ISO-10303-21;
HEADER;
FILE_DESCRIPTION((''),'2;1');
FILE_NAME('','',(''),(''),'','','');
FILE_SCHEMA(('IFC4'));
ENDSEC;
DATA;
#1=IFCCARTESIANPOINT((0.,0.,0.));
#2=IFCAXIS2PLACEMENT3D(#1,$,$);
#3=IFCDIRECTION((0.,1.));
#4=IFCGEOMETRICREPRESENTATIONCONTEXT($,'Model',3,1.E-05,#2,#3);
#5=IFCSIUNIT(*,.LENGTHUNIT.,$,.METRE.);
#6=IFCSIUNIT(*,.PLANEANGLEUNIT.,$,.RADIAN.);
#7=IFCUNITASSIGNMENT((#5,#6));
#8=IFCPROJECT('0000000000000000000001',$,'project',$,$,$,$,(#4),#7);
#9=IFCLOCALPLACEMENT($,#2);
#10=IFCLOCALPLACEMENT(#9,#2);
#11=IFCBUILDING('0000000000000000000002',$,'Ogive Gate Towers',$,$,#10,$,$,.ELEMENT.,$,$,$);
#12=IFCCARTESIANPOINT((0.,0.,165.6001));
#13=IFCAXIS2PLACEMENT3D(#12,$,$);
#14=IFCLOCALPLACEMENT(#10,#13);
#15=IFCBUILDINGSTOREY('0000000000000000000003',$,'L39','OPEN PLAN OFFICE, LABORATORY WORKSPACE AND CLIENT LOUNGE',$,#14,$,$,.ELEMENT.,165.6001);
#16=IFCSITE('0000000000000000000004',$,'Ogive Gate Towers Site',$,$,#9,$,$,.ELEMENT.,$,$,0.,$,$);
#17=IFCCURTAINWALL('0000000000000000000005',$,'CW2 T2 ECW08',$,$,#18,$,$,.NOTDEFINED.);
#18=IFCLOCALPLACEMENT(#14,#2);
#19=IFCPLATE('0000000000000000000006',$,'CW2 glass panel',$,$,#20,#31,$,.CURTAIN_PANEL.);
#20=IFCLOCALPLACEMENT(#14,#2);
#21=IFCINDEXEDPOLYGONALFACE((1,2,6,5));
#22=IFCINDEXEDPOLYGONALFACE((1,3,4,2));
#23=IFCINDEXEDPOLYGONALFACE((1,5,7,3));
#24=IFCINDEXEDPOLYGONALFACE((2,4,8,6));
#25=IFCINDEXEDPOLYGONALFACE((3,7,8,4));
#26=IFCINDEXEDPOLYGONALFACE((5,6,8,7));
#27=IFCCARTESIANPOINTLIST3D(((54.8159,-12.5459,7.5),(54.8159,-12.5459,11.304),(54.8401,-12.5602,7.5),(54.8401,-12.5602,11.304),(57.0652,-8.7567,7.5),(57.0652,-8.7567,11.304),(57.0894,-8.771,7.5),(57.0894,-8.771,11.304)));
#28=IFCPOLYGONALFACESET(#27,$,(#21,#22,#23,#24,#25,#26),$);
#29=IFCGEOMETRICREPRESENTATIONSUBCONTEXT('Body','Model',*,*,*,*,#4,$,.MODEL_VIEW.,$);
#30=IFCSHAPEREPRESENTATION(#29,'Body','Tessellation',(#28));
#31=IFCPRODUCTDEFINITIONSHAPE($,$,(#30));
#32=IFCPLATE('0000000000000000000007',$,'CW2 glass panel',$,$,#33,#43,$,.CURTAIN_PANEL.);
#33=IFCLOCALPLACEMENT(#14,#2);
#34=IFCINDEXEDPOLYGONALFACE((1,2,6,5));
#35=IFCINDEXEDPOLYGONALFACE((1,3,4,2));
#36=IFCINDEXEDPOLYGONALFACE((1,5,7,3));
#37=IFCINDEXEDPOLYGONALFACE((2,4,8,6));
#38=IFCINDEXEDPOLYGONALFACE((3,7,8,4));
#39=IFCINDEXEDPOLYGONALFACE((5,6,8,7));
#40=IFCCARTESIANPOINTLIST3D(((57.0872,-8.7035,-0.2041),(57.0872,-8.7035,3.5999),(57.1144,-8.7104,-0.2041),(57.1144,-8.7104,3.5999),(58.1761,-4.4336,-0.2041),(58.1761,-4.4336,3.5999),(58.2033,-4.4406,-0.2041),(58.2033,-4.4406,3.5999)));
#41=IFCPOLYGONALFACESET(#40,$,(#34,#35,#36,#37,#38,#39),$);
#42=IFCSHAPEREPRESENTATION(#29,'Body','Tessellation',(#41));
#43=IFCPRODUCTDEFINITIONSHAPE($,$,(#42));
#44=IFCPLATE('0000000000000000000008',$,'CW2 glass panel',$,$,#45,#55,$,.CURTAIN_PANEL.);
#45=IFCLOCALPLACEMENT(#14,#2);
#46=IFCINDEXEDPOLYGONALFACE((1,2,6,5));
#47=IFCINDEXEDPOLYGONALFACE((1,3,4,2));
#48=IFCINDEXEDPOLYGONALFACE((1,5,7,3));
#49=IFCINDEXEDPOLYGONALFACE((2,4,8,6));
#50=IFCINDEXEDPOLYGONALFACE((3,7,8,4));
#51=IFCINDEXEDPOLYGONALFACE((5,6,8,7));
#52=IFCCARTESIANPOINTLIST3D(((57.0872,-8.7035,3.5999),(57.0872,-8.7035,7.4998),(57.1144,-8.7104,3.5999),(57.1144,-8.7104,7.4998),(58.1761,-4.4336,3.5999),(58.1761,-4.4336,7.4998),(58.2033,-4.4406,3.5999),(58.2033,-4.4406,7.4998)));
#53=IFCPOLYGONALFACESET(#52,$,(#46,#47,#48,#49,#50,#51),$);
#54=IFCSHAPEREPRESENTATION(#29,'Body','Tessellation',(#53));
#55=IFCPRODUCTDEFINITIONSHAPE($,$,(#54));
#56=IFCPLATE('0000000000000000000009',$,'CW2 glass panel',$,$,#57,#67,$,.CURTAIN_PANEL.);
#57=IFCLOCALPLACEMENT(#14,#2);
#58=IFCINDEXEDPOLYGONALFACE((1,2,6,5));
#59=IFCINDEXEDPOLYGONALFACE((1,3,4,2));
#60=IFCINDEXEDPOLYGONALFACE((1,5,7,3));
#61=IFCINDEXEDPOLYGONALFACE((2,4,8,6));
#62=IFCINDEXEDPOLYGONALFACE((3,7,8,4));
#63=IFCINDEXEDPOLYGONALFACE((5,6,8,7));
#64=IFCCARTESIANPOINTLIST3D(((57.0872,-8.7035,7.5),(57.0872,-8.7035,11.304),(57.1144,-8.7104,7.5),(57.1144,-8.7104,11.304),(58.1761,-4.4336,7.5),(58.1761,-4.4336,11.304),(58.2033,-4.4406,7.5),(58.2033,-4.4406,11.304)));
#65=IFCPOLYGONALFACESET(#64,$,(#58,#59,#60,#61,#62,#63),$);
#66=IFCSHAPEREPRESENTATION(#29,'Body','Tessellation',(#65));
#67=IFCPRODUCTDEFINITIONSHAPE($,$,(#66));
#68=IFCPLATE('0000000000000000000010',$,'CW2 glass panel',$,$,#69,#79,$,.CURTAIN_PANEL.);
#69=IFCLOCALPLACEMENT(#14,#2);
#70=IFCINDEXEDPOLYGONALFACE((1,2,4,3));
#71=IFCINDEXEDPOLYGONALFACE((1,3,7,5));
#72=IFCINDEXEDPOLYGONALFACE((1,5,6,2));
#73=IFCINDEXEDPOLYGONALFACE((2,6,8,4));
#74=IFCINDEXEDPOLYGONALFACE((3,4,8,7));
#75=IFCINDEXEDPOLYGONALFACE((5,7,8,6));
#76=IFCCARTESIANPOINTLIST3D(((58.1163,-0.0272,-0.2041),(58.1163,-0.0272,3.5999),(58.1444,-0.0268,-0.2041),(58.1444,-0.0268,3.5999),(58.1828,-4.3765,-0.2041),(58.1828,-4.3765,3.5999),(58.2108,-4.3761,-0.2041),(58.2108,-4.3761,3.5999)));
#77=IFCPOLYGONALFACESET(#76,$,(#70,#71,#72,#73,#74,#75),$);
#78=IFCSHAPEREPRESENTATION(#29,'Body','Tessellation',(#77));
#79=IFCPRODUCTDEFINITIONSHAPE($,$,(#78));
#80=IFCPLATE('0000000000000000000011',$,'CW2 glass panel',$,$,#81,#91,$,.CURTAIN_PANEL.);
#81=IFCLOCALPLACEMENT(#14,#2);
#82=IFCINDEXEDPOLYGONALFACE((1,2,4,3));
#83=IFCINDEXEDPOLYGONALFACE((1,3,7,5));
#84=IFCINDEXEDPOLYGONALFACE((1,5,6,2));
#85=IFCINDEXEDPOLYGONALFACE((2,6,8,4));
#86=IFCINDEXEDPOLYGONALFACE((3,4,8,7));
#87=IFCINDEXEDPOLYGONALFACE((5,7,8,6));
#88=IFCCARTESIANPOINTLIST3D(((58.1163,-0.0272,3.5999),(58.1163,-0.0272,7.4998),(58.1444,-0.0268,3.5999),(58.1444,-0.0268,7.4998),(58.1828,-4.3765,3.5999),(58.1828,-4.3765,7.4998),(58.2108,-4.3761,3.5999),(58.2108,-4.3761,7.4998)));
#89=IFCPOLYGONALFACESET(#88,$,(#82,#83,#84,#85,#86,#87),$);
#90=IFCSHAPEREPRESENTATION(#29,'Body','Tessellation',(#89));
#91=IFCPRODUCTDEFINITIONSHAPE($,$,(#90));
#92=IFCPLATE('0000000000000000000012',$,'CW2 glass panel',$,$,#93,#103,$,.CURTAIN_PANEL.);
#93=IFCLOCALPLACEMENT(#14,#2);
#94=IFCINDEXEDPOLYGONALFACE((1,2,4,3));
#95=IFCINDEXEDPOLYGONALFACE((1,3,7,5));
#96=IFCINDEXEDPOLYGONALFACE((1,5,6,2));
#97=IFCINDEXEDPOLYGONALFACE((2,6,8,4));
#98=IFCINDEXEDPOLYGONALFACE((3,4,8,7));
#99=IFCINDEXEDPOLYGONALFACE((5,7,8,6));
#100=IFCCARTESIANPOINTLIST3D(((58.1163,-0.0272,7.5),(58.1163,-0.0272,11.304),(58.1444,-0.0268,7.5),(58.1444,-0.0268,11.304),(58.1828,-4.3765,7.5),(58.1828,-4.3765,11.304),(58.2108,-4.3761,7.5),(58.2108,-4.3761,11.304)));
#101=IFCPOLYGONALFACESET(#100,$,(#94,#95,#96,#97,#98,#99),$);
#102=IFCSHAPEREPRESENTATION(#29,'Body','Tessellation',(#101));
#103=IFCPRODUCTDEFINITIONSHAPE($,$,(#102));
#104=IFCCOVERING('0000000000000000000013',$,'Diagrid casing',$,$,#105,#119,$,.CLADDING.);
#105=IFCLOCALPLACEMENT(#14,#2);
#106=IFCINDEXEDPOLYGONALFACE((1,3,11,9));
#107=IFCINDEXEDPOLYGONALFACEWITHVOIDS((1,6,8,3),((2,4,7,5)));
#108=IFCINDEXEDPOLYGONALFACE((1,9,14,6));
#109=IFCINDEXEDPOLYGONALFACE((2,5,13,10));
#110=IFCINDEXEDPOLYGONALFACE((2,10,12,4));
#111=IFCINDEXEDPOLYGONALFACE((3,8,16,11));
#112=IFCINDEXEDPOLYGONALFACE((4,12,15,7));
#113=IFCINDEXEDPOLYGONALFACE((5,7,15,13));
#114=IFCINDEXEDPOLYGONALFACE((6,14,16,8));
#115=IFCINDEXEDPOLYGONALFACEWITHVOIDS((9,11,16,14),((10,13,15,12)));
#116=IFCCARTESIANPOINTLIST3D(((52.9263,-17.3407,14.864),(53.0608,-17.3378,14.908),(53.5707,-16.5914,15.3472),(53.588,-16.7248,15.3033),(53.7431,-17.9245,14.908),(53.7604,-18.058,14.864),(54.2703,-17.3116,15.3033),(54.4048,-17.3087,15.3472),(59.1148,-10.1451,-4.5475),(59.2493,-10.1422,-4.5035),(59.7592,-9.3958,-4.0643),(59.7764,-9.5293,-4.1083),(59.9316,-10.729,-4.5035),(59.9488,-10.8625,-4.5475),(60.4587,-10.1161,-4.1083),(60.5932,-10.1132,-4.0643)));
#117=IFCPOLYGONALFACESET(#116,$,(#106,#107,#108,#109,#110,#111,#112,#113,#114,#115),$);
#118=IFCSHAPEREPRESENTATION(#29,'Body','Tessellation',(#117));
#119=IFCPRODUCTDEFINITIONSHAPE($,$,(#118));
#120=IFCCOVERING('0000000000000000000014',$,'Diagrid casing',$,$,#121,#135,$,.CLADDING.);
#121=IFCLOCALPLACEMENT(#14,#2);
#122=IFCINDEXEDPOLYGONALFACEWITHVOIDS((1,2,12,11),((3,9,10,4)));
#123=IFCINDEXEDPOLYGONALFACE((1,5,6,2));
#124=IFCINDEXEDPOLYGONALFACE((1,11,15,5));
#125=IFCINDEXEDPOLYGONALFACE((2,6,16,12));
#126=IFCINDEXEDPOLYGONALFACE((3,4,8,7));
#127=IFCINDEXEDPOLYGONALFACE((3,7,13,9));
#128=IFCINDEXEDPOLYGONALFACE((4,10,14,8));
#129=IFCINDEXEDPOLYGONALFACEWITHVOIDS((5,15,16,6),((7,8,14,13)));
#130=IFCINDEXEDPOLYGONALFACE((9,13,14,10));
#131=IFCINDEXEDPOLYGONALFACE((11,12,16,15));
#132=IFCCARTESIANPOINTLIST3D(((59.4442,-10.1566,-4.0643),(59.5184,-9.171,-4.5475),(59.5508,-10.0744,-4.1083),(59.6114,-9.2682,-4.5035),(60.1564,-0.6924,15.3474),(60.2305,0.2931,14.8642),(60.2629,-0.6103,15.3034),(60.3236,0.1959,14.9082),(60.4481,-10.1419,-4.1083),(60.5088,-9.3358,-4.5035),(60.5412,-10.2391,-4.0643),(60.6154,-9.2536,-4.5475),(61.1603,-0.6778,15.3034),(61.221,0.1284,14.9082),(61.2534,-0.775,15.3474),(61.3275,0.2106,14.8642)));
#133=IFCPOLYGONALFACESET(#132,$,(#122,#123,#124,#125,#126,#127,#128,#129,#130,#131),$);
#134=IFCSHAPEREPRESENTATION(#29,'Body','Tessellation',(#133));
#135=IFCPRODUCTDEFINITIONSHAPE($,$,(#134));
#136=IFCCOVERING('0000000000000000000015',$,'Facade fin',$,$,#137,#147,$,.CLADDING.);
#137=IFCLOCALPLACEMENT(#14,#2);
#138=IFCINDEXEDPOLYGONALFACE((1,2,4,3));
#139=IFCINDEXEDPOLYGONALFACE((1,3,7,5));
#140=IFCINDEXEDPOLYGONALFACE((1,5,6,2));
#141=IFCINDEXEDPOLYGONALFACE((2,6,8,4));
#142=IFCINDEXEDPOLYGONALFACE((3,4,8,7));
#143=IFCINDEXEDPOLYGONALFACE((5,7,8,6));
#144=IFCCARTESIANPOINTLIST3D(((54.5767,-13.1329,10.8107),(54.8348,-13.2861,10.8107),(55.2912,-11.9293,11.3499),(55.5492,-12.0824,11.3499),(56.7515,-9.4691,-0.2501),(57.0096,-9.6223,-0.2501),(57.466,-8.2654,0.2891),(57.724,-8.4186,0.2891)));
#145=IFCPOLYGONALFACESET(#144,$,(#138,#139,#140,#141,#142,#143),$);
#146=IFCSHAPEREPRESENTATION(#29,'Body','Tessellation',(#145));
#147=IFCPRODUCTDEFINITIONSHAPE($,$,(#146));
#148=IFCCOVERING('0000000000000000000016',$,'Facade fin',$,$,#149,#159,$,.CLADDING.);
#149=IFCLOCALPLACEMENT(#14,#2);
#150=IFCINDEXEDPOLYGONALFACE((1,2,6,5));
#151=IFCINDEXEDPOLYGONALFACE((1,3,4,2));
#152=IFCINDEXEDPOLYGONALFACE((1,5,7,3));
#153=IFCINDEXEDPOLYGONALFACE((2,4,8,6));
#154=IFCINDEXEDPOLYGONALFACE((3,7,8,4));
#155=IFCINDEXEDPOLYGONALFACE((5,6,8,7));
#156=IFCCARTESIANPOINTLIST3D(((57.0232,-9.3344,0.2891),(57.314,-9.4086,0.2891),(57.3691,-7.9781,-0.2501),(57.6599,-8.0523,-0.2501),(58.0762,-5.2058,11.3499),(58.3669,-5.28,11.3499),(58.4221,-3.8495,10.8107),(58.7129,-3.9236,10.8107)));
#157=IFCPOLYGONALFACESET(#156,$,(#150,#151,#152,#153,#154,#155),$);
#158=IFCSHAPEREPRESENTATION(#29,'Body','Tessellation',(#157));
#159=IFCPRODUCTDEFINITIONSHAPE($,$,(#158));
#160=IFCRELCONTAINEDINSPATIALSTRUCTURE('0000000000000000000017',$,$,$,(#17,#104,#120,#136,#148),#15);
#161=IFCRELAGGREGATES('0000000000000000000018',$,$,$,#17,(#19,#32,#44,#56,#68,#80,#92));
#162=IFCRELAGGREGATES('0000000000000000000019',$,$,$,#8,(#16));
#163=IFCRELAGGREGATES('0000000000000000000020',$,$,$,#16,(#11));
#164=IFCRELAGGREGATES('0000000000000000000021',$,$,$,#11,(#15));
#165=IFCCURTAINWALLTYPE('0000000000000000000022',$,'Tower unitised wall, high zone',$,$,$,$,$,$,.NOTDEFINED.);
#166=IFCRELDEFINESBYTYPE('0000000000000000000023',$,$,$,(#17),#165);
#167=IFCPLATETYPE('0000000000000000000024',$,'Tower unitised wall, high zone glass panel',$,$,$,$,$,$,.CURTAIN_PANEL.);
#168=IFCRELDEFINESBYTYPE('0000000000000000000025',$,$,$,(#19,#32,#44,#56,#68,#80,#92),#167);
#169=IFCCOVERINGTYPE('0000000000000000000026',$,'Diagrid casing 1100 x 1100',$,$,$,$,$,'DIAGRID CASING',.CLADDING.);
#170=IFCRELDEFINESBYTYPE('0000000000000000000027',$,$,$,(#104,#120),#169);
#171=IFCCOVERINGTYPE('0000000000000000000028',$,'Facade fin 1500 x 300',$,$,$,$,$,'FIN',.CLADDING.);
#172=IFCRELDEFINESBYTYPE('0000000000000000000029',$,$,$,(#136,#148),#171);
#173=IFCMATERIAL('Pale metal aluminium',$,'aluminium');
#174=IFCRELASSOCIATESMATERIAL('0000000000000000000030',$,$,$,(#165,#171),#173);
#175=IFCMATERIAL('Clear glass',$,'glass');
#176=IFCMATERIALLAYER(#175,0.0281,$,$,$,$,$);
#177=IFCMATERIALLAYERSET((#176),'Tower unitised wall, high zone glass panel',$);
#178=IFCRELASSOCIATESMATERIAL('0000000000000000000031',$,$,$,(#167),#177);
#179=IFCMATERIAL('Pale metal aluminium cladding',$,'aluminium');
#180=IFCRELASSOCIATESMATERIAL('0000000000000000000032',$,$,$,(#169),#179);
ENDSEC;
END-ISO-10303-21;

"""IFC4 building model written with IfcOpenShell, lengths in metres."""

from ifc_helpers import new_model, si_unit, direction, frame, origin, origin_2d, place, context, subcontext, project, spatial, rectangle, hollow_rectangle, extrude, material, layer, layer_set, material_profile, profile_set, type_object, element, aggregate, save


model = new_model("IFC4")

# Units and contexts
model_context = context("Model", 3, precision=1e-05, world=origin(), true_north=direction((0.0, 1.0)))
body_context = subcontext(model_context, "Body", "Model", "MODEL_VIEW")
ifc_project = project(units=[si_unit("LENGTHUNIT", "METRE"), si_unit("PLANEANGLEUNIT", "RADIAN")], contexts=[model_context])

# Site, building, storey
site_placement = place(None, origin())
site = spatial("IfcSite", under=ifc_project, at=site_placement, Name="Ogive Gate Towers Site", CompositionType="ELEMENT", RefElevation=0.0)
building_placement = place(site_placement, origin())
building = spatial("IfcBuilding", under=site, at=building_placement, Name="Ogive Gate Towers", CompositionType="ELEMENT")
storey_placement = place(building_placement, frame((0.0, 0.0, 165.6001)))
storey = spatial("IfcBuildingStorey", under=building, at=storey_placement, Name="L39", Description="OPEN PLAN OFFICE, LABORATORY WORKSPACE AND CLIENT LOUNGE", CompositionType="ELEMENT", Elevation=165.6001)

# Curtain wall, plates
ifc_material_1 = material(Name="Pale metal aluminium", Category="aluminium")
curtain_wall_type = type_object("IfcCurtainWallType", Name="Tower unitised wall, high zone", PredefinedType="NOTDEFINED", material=ifc_material_1)
curtain_wall_placement = place(storey_placement, origin())
curtain_wall = element("IfcCurtainWall", 1, at=curtain_wall_placement, inside=storey, type_object=curtain_wall_type, Name="CW2 T2 ECW08", PredefinedType="NOTDEFINED")
ifc_material_2 = material(Name="Clear glass", Category="glass")
ifc_layer = layer(ifc_material_2, 0.0281)
ifc_layer_set = layer_set([ifc_layer], Name="Tower unitised wall, high zone glass panel")
plate_type = type_object("IfcPlateType", Name="Tower unitised wall, high zone glass panel", PredefinedType="CURTAIN_PANEL", material=ifc_layer_set)
plate_1_placement = place(storey_placement, frame((55.9526, -10.6584, 7.5), z_axis=(0.0, 0.0, 1.0), x_axis=(0.510453, 0.859906, 0.0)))
plate_1 = element("IfcPlate", 2, at=plate_1_placement, type_object=plate_type, Name="CW2 glass panel", PredefinedType="CURTAIN_PANEL", context=body_context, shape_type="SweptSolid", body=[
    extrude(rectangle(XDim=4.4065, YDim=0.0281, at=origin_2d()), origin(), (0.0, 0.0, 1.0), 3.804),
])
plate_2_placement = place(storey_placement, frame((57.6453, -6.572, -0.2041), z_axis=(0.0, 0.0, 1.0), x_axis=(0.2471, 0.96899, 0.0)))
plate_2 = element("IfcPlate", 3, at=plate_2_placement, type_object=plate_type, Name="CW2 glass panel", PredefinedType="CURTAIN_PANEL", context=body_context, shape_type="SweptSolid", body=[
    extrude(rectangle(XDim=4.4065, YDim=0.0281, at=origin_2d()), origin(), (0.0, 0.0, 1.0), 3.804),
])
plate_3_placement = place(storey_placement, frame((57.6453, -6.572, 3.5999), z_axis=(0.0, 0.0, 1.0), x_axis=(0.2471, 0.96899, 0.0)))
plate_3 = element("IfcPlate", 4, at=plate_3_placement, type_object=plate_type, Name="CW2 glass panel", PredefinedType="CURTAIN_PANEL", context=body_context, shape_type="SweptSolid", body=[
    extrude(rectangle(XDim=4.4065, YDim=0.0281, at=origin_2d()), origin(), (0.0, 0.0, 1.0), 3.8999),
])
plate_4_placement = place(storey_placement, frame((57.6453, -6.572, 7.5), z_axis=(0.0, 0.0, 1.0), x_axis=(0.2471, 0.96899, 0.0)))
plate_4 = element("IfcPlate", 5, at=plate_4_placement, type_object=plate_type, Name="CW2 glass panel", PredefinedType="CURTAIN_PANEL", context=body_context, shape_type="SweptSolid", body=[
    extrude(rectangle(XDim=4.4065, YDim=0.0281, at=origin_2d()), origin(), (0.0, 0.0, 1.0), 3.804),
])
plate_5_placement = place(storey_placement, frame((58.1636, -2.2017, -0.2041), z_axis=(0.0, 0.0, 1.0), x_axis=(-0.015271, 0.999883, 0.0)))
plate_5 = element("IfcPlate", 6, at=plate_5_placement, type_object=plate_type, Name="CW2 glass panel", PredefinedType="CURTAIN_PANEL", context=body_context, shape_type="SweptSolid", body=[
    extrude(rectangle(XDim=4.3499, YDim=0.0281, at=origin_2d()), origin(), (0.0, 0.0, 1.0), 3.804),
])
plate_6_placement = place(storey_placement, frame((58.1636, -2.2017, 3.5999), z_axis=(0.0, 0.0, 1.0), x_axis=(-0.015271, 0.999883, 0.0)))
plate_6 = element("IfcPlate", 7, at=plate_6_placement, type_object=plate_type, Name="CW2 glass panel", PredefinedType="CURTAIN_PANEL", context=body_context, shape_type="SweptSolid", body=[
    extrude(rectangle(XDim=4.3499, YDim=0.0281, at=origin_2d()), origin(), (0.0, 0.0, 1.0), 3.8999),
])
plate_7_placement = place(storey_placement, frame((58.1636, -2.2017, 7.5), z_axis=(0.0, 0.0, 1.0), x_axis=(-0.015271, 0.999883, 0.0)))
plate_7 = element("IfcPlate", 8, at=plate_7_placement, type_object=plate_type, Name="CW2 glass panel", PredefinedType="CURTAIN_PANEL", context=body_context, shape_type="SweptSolid", body=[
    extrude(rectangle(XDim=4.3499, YDim=0.0281, at=origin_2d()), origin(), (0.0, 0.0, 1.0), 3.804),
])
aggregate(curtain_wall, [plate_1, plate_2, plate_3, plate_4, plate_5, plate_6, plate_7])

# Coverings
ifc_material_3 = material(Name="Pale metal aluminium cladding", Category="aluminium")
ifc_material_profile_1 = material_profile(ifc_material_3, hollow_rectangle(XDim=1.1001, YDim=1.1001, WallThickness=0.1001, at=origin_2d()), Name="1100 x 1100 pale metal casing")
ifc_profile_set_1 = profile_set([ifc_material_profile_1], Name="Pale metal aluminium cladding")
covering_type_1 = type_object("IfcCoveringType", Name="Diagrid casing 1100 x 1100", ElementType="DIAGRID CASING", PredefinedType="CLADDING", material=ifc_profile_set_1)
covering_1_placement = place(storey_placement, frame((59.854, -10.1292, -4.3059), z_axis=(-0.286404, -0.333012, 0.898374), x_axis=(0.75817, -0.652057, 0.0)))
element("IfcCovering", 9, at=covering_1_placement, inside=storey, type_object=covering_type_1, Name="Diagrid casing", PredefinedType="CLADDING", context=body_context, shape_type="SweptSolid", body=[
    extrude(hollow_rectangle(XDim=1.1001, YDim=1.1001, WallThickness=0.1001, at=origin_2d()), origin(), (0.0, 0.0, 1.0), 21.6074),
])
covering_2_placement = place(storey_placement, frame((60.0298, -9.7051, -4.3059), z_axis=(0.032959, 0.438, 0.898371), x_axis=(-0.997181, 0.075036, 0.0)))
element("IfcCovering", 10, at=covering_2_placement, inside=storey, type_object=covering_type_1, Name="Diagrid casing", PredefinedType="CLADDING", context=body_context, shape_type="SweptSolid", body=[
    extrude(hollow_rectangle(XDim=1.1001, YDim=1.1001, WallThickness=0.1001, at=origin_2d()), origin(), (0.0, 0.0, 1.0), 21.6077),
])
ifc_material_profile_2 = material_profile(ifc_material_1, rectangle(XDim=0.3, YDim=1.5, at=origin_2d()), Name="1500 x 300 pale metal aluminium")
ifc_profile_set_2 = profile_set([ifc_material_profile_2], Name="Pale metal aluminium")
covering_type_2 = type_object("IfcCoveringType", Name="Facade fin 1500 x 300", ElementType="FIN", PredefinedType="CLADDING", material=ifc_profile_set_2)
for number, where, z_axis, x_axis, name in (
    (11, (57.2378, -8.9438, 0.0195), (-0.183481, -0.309104, 0.933161), (0.859915, -0.510437, 0.0), "Facade fin"),
    (12, (57.3416, -8.6934, 0.0195), (0.088836, 0.34832, 0.933157), (-0.968982, 0.24713, 0.0), "Facade fin"),
):
    element("IfcCovering", number, at=place(storey_placement, frame(where, z_axis=z_axis, x_axis=x_axis)), inside=storey, type_object=covering_type_2, Name=name, PredefinedType="CLADDING", context=body_context, shape_type="SweptSolid", body=[
        extrude(rectangle(XDim=0.3, YDim=1.5, at=origin_2d()), origin(), (0.0, 0.0, 1.0), 11.853),
    ])

save(model, "model.ifc")
